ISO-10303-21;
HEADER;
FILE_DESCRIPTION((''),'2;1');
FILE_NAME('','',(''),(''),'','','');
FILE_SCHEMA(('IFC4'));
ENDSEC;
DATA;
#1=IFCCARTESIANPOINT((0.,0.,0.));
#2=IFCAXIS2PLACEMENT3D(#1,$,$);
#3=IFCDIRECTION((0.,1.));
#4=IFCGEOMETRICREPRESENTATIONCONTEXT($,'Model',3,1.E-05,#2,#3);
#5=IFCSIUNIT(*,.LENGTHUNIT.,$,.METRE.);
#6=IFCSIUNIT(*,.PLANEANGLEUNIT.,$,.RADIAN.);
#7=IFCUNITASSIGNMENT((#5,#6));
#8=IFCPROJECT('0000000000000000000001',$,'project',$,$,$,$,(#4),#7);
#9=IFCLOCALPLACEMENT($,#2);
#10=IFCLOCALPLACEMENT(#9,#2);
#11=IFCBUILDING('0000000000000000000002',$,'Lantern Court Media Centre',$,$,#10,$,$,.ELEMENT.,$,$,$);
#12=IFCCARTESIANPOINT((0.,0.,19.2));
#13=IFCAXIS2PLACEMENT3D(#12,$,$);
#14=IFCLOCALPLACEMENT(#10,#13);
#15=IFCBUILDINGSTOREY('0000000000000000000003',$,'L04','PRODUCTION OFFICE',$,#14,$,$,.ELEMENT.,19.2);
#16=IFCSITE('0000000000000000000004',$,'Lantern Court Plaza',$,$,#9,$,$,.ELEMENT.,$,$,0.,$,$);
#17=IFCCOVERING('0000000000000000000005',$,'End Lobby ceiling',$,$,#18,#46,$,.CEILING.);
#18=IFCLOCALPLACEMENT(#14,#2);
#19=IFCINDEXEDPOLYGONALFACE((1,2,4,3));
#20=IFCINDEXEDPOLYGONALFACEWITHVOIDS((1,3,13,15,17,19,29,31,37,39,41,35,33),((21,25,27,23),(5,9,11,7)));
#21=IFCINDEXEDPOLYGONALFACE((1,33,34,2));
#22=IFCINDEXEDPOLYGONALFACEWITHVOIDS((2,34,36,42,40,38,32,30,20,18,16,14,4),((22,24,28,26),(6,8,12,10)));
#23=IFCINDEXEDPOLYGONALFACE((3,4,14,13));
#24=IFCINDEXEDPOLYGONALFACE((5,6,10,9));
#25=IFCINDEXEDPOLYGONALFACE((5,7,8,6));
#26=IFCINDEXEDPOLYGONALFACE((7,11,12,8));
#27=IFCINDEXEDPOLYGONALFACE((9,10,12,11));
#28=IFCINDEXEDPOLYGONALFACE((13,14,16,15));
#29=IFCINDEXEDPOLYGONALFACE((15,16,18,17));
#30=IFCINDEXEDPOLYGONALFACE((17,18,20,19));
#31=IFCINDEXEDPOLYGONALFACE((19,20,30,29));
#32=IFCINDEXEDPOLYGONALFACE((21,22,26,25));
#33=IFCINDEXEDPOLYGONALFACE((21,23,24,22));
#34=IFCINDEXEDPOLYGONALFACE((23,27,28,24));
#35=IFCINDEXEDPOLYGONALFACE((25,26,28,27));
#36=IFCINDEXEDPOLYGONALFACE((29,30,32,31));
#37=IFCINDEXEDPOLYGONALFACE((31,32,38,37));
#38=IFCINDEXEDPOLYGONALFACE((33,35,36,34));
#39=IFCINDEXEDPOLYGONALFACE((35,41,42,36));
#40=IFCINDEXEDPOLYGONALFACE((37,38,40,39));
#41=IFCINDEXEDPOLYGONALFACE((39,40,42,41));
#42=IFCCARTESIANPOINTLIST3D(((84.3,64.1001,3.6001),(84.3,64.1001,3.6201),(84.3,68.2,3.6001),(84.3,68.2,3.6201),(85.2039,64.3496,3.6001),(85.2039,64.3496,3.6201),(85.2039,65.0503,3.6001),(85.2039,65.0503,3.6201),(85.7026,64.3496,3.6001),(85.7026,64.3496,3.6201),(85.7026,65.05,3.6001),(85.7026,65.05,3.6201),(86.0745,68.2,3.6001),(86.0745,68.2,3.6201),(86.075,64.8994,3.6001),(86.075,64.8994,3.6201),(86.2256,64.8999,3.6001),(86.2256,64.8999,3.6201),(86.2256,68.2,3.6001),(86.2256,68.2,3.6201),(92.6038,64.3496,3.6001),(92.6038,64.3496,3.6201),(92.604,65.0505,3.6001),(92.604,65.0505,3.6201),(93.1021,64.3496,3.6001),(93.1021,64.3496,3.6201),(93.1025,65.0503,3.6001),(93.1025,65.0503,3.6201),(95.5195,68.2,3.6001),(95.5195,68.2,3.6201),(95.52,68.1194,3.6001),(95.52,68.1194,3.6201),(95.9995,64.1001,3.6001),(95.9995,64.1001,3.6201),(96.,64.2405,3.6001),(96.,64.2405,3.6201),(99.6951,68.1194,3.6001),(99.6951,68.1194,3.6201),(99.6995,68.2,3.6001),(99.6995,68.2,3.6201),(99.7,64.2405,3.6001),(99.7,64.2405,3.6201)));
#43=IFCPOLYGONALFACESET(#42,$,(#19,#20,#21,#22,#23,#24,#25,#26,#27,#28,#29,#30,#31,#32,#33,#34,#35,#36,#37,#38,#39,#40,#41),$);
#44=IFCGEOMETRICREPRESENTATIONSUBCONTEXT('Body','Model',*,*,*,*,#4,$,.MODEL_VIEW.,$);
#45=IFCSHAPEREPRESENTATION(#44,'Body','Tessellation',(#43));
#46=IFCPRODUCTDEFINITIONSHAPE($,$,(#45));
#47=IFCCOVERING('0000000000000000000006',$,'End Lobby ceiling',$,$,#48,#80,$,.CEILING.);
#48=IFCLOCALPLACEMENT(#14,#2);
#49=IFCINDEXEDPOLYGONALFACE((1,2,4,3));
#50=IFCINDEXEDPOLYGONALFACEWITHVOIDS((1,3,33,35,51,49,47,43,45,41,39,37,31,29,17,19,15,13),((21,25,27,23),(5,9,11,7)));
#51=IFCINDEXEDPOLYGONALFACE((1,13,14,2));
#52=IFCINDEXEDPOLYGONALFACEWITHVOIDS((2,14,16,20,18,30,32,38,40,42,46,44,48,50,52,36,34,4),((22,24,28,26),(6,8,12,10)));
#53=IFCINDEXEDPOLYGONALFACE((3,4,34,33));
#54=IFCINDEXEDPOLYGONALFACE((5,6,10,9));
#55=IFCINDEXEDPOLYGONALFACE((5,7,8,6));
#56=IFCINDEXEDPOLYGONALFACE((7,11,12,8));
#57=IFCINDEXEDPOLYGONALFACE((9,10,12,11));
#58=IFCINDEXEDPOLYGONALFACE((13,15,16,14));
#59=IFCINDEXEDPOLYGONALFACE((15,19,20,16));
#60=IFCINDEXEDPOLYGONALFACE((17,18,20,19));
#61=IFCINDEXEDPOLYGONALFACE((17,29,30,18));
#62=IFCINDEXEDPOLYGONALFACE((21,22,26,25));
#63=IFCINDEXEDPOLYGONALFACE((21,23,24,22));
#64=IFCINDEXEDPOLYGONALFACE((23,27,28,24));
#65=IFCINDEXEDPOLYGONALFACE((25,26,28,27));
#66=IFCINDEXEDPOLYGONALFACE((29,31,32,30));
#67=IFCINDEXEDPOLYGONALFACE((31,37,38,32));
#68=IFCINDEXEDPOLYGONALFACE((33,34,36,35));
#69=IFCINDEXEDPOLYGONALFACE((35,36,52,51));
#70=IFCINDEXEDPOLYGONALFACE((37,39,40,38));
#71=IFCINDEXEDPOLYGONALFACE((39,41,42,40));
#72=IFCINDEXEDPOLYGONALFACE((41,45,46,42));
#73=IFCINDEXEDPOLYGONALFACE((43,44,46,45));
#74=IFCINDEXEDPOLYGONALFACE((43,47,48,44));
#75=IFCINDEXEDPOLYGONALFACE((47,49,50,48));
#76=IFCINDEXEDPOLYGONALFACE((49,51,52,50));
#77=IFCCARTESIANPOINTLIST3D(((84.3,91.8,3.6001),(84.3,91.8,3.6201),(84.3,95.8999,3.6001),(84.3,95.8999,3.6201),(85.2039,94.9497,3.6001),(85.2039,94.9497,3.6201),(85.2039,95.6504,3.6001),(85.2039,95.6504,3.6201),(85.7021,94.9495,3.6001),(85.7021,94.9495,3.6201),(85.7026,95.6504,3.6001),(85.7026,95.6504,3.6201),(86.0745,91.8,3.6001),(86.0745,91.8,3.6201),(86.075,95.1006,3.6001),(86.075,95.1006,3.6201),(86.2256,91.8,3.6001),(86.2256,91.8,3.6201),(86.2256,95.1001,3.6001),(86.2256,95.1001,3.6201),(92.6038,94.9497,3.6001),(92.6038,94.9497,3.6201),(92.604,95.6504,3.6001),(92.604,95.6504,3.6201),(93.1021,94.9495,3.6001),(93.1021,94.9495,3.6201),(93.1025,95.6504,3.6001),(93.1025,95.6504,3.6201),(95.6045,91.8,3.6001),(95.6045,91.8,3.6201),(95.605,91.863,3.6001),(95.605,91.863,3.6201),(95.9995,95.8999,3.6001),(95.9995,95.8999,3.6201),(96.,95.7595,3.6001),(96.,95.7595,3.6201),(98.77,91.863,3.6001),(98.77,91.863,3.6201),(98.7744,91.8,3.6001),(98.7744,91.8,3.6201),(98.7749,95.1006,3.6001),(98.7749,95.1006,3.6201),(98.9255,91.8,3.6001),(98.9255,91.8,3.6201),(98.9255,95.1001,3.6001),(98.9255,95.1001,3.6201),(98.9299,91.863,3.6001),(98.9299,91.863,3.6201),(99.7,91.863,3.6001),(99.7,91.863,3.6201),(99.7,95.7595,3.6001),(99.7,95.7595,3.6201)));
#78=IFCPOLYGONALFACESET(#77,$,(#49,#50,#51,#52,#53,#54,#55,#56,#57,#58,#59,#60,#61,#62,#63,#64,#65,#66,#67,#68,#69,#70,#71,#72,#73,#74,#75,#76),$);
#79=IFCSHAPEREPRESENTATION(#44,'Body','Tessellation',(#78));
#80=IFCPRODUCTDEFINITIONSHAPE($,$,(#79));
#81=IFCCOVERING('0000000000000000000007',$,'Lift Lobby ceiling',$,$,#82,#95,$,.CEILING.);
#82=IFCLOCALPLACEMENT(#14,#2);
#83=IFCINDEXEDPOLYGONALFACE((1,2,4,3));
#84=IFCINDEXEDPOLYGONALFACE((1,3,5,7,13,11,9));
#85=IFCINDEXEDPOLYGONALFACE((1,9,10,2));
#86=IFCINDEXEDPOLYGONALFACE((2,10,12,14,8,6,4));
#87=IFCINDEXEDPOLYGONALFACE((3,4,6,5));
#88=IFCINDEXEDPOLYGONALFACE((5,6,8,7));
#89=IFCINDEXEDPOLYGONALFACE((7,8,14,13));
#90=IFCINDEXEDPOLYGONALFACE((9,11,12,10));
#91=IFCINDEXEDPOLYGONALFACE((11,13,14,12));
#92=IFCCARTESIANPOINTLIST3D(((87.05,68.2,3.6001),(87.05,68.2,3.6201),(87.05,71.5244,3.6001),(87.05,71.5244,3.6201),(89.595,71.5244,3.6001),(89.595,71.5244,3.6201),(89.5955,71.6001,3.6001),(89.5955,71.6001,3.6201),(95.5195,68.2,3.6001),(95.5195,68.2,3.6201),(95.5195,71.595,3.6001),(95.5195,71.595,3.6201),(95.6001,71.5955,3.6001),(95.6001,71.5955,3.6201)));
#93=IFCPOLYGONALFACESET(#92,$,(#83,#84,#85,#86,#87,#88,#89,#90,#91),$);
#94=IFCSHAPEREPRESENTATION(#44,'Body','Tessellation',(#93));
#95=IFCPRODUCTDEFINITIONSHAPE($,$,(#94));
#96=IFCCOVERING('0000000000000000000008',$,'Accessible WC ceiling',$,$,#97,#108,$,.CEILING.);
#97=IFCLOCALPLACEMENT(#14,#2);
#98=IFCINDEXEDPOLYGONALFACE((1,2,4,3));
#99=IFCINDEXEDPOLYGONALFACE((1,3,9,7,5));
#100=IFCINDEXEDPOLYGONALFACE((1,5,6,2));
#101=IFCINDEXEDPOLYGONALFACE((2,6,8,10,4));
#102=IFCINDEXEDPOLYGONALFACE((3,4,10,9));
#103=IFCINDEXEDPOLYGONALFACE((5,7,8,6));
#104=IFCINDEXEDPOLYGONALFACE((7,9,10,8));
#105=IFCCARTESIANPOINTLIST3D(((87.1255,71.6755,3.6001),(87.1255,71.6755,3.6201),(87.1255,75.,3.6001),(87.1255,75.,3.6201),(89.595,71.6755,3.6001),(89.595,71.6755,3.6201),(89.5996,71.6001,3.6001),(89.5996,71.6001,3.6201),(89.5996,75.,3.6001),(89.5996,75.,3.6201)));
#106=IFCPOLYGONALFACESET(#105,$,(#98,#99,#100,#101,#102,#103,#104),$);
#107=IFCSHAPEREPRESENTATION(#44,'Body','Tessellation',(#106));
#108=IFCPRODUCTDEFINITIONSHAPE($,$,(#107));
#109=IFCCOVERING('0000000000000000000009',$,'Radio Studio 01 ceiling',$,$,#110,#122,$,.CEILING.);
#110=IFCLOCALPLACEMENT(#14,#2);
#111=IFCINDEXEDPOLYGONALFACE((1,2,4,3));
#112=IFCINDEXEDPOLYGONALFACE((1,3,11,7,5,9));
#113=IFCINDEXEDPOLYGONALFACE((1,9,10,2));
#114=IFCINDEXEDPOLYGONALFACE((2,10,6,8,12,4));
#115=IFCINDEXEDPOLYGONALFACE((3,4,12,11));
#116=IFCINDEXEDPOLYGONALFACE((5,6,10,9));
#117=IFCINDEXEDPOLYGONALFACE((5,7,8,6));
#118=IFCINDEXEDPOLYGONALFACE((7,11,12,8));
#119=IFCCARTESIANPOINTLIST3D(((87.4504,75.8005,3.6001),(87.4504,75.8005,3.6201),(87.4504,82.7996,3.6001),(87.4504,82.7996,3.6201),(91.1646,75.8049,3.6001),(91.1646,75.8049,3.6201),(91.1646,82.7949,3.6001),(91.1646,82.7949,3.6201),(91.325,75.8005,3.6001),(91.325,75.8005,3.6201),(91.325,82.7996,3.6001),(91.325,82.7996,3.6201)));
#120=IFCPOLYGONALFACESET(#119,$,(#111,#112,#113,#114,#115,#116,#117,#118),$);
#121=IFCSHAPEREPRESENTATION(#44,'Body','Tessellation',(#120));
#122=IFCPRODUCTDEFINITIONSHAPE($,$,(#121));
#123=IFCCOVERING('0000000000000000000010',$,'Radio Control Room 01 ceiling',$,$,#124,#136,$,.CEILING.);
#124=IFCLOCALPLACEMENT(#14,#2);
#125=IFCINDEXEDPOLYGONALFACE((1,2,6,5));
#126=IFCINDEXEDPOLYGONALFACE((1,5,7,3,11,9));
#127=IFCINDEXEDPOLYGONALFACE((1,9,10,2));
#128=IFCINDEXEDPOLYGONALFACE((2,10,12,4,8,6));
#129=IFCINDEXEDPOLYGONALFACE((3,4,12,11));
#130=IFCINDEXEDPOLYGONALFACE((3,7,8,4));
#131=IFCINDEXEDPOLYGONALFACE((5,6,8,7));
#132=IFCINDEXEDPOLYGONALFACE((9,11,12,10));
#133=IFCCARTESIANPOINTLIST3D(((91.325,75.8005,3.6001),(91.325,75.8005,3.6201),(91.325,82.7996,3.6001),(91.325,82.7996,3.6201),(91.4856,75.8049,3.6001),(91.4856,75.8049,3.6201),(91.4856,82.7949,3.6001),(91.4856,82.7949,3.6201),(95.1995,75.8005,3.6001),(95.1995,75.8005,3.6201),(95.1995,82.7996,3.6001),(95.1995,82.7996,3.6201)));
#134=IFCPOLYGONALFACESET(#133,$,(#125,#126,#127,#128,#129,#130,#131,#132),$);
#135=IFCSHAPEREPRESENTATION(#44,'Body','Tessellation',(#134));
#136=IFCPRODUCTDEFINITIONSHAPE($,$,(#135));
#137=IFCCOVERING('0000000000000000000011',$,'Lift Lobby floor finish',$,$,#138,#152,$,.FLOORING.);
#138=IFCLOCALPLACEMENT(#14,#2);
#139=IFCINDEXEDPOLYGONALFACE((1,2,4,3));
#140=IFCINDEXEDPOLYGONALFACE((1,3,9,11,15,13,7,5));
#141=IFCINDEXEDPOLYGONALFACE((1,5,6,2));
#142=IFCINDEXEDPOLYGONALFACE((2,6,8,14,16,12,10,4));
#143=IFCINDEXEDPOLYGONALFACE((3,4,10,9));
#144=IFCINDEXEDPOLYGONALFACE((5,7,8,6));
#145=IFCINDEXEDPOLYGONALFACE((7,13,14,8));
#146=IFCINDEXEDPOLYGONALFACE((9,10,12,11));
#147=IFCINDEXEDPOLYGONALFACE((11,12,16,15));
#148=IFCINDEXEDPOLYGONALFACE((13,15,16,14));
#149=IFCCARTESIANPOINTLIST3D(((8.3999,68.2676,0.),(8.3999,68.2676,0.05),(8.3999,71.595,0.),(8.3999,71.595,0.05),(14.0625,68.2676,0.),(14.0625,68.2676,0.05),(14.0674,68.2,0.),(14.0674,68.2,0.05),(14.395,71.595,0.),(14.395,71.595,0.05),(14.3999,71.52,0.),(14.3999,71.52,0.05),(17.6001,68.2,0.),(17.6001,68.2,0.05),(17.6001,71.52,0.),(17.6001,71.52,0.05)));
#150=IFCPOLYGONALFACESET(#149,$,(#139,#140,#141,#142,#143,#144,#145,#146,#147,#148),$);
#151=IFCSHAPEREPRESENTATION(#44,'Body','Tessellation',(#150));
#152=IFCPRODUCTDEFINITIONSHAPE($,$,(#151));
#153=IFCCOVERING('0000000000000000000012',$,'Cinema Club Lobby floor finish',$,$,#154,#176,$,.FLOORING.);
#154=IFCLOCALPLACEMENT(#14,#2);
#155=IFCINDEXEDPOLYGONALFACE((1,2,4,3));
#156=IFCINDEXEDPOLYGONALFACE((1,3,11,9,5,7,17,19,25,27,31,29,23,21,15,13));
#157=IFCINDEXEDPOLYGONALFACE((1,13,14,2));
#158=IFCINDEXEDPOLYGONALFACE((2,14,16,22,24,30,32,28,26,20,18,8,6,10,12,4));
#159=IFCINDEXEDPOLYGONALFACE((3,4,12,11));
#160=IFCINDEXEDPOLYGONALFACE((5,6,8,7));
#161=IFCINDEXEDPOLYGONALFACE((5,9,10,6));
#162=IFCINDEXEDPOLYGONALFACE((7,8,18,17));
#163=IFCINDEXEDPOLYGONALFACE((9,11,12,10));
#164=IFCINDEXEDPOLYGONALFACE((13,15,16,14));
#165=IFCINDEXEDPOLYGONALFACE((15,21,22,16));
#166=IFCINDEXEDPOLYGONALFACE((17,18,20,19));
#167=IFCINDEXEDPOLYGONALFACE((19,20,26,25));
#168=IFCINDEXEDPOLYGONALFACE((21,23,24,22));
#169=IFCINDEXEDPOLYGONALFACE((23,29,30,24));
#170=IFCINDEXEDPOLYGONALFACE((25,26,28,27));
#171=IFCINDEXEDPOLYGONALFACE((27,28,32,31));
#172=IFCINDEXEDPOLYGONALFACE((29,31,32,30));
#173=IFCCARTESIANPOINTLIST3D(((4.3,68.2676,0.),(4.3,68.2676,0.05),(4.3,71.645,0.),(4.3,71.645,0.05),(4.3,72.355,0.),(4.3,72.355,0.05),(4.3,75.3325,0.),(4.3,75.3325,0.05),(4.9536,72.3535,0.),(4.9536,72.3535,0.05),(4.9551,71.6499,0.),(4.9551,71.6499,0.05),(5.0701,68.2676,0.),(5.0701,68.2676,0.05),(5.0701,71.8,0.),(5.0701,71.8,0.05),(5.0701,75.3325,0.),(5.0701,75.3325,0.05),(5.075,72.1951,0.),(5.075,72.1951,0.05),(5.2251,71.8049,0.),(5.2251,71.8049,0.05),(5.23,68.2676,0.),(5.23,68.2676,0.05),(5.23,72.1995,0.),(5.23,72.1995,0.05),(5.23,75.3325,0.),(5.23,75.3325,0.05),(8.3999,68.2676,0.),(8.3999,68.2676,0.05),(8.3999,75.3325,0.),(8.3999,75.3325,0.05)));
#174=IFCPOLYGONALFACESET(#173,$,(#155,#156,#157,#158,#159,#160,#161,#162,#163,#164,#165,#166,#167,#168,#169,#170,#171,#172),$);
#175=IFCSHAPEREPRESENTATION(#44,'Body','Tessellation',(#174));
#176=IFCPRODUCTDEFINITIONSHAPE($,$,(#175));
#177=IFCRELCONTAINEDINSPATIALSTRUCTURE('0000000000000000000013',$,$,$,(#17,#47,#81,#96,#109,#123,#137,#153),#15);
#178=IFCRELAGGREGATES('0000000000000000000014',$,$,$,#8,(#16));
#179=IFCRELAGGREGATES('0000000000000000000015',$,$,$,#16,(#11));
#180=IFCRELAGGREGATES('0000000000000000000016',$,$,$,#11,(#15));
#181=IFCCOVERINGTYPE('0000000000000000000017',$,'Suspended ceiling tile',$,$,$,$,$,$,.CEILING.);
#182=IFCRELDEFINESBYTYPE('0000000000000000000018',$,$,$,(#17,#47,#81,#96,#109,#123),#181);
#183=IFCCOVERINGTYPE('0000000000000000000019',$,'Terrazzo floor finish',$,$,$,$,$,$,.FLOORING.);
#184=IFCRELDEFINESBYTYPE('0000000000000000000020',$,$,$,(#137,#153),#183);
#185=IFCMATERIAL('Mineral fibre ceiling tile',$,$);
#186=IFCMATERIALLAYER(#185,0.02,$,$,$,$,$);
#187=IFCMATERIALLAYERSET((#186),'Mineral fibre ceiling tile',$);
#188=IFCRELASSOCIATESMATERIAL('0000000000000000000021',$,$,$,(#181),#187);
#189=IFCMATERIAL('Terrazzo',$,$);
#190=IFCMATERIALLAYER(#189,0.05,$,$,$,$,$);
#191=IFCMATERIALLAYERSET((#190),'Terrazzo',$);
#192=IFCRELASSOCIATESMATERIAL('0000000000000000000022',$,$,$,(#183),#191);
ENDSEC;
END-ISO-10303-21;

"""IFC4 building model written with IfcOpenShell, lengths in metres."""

from ifc_helpers import new_model, si_unit, direction, frame, origin, place, context, subcontext, project, spatial, polyline, outline, extrude, material, layer, layer_set, type_object, element, save


model = new_model("IFC4")

# Units and contexts
model_context = context("Model", 3, precision=1e-05, world=origin(), true_north=direction((0.0, 1.0)))
body_context = subcontext(model_context, "Body", "Model", "MODEL_VIEW")
ifc_project = project(units=[si_unit("LENGTHUNIT", "METRE"), si_unit("PLANEANGLEUNIT", "RADIAN")], contexts=[model_context])

# Site, building, storey
site_placement = place(None, origin())
site = spatial("IfcSite", under=ifc_project, at=site_placement, Name="Lantern Court Plaza", CompositionType="ELEMENT", RefElevation=0.0)
building_placement = place(site_placement, origin())
building = spatial("IfcBuilding", under=site, at=building_placement, Name="Lantern Court Media Centre", CompositionType="ELEMENT")
storey_placement = place(building_placement, frame((0.0, 0.0, 19.2)))
storey = spatial("IfcBuildingStorey", under=building, at=storey_placement, Name="L04", Description="PRODUCTION OFFICE", CompositionType="ELEMENT", Elevation=19.2)

# Coverings
ifc_material_1 = material(Name="Mineral fibre ceiling tile")
ifc_layer_1 = layer(ifc_material_1, 0.02)
ifc_layer_set_1 = layer_set([ifc_layer_1], Name="Mineral fibre ceiling tile")
covering_type_1 = type_object("IfcCoveringType", Name="Suspended ceiling tile", PredefinedType="CEILING", material=ifc_layer_set_1)
covering_1_placement = place(storey_placement, frame((0.0, 0.0, 3.6001)))
element("IfcCovering", 1, at=covering_1_placement, inside=storey, type_object=covering_type_1, Name="End Lobby ceiling", PredefinedType="CEILING", context=body_context, shape_type="SweptSolid", body=[
    extrude(outline(polyline([(99.7, 64.2405), (96.0, 64.2405), (95.9995, 64.1001), (84.3, 64.1001), (84.3, 68.2), (86.0745, 68.2), (86.075, 64.8994), (86.2256, 64.8999), (86.2256, 68.2), (95.5195, 68.2), (95.52, 68.1194), (99.6951, 68.1194), (99.6995, 68.2), (99.7, 64.2405)]), holes=[polyline([(93.1021, 64.3496), (93.1025, 65.0503), (92.604, 65.0505), (92.6038, 64.3496), (93.1021, 64.3496)]), polyline([(85.7026, 65.05), (85.2039, 65.0503), (85.2039, 64.3496), (85.7026, 64.3496), (85.7026, 65.05)])]), origin(), (0.0, 0.0, 1.0), 0.02),
])
covering_2_placement = place(storey_placement, frame((0.0, 0.0, 3.6001)))
element("IfcCovering", 2, at=covering_2_placement, inside=storey, type_object=covering_type_1, Name="End Lobby ceiling", PredefinedType="CEILING", context=body_context, shape_type="SweptSolid", body=[
    extrude(outline(polyline([(99.7, 91.863), (98.9299, 91.863), (98.9255, 91.8), (98.9255, 95.1001), (98.7749, 95.1006), (98.7744, 91.8), (98.77, 91.863), (95.605, 91.863), (95.6045, 91.8), (86.2256, 91.8), (86.2256, 95.1001), (86.075, 95.1006), (86.0745, 91.8), (84.3, 91.8), (84.3, 95.8999), (95.9995, 95.8999), (96.0, 95.7595), (99.7, 95.7595), (99.7, 91.863)]), holes=[polyline([(93.1021, 94.9495), (93.1025, 95.6504), (92.604, 95.6504), (92.6038, 94.9497), (93.1021, 94.9495)]), polyline([(85.7021, 94.9495), (85.7026, 95.6504), (85.2039, 95.6504), (85.2039, 94.9497), (85.7021, 94.9495)])]), origin(), (0.0, 0.0, 1.0), 0.02),
])
covering_3_placement = place(storey_placement, frame((0.0, 0.0, 3.6001)))
element("IfcCovering", 3, at=covering_3_placement, inside=storey, type_object=covering_type_1, Name="Lift Lobby ceiling", PredefinedType="CEILING", context=body_context, shape_type="SweptSolid", body=[
    extrude(outline(polyline([(95.6001, 71.5955), (95.5195, 71.595), (95.5195, 68.2), (87.05, 68.2), (87.05, 71.5244), (89.595, 71.5244), (89.5955, 71.6001), (95.6001, 71.5955)])), origin(), (0.0, 0.0, 1.0), 0.02),
])
covering_4_placement = place(storey_placement, frame((0.0, 0.0, 3.6001)))
element("IfcCovering", 4, at=covering_4_placement, inside=storey, type_object=covering_type_1, Name="Accessible WC ceiling", PredefinedType="CEILING", context=body_context, shape_type="SweptSolid", body=[
    extrude(outline(polyline([(89.5996, 75.0), (89.5996, 71.6001), (89.595, 71.6755), (87.1255, 71.6755), (87.1255, 75.0), (89.5996, 75.0)])), origin(), (0.0, 0.0, 1.0), 0.02),
])
covering_5_placement = place(storey_placement, frame((0.0, 0.0, 3.6001)))
element("IfcCovering", 5, at=covering_5_placement, inside=storey, type_object=covering_type_1, Name="Radio Studio 01 ceiling", PredefinedType="CEILING", context=body_context, shape_type="SweptSolid", body=[
    extrude(outline(polyline([(91.325, 75.8005), (87.4504, 75.8005), (87.4504, 82.7996), (91.325, 82.7996), (91.1646, 82.7949), (91.1646, 75.8049), (91.325, 75.8005)])), origin(), (0.0, 0.0, 1.0), 0.02),
])
covering_6_placement = place(storey_placement, frame((0.0, 0.0, 3.6001)))
element("IfcCovering", 6, at=covering_6_placement, inside=storey, type_object=covering_type_1, Name="Radio Control Room 01 ceiling", PredefinedType="CEILING", context=body_context, shape_type="SweptSolid", body=[
    extrude(outline(polyline([(91.325, 82.7996), (95.1995, 82.7996), (95.1995, 75.8005), (91.325, 75.8005), (91.4856, 75.8049), (91.4856, 82.7949), (91.325, 82.7996)])), origin(), (0.0, 0.0, 1.0), 0.02),
])
ifc_material_2 = material(Name="Terrazzo")
ifc_layer_2 = layer(ifc_material_2, 0.05)
ifc_layer_set_2 = layer_set([ifc_layer_2], Name="Terrazzo")
covering_type_2 = type_object("IfcCoveringType", Name="Terrazzo floor finish", PredefinedType="FLOORING", material=ifc_layer_set_2)
covering_7_placement = place(storey_placement, origin())
element("IfcCovering", 7, at=covering_7_placement, inside=storey, type_object=covering_type_2, Name="Lift Lobby floor finish", PredefinedType="FLOORING", context=body_context, shape_type="SweptSolid", body=[
    extrude(outline(polyline([(17.6001, 68.2), (14.0674, 68.2), (14.0625, 68.2676), (8.3999, 68.2676), (8.3999, 71.595), (14.395, 71.595), (14.3999, 71.52), (17.6001, 71.52), (17.6001, 68.2)])), origin(), (0.0, 0.0, 1.0), 0.05),
])
covering_8_placement = place(storey_placement, origin())
element("IfcCovering", 8, at=covering_8_placement, inside=storey, type_object=covering_type_2, Name="Cinema Club Lobby floor finish", PredefinedType="FLOORING", context=body_context, shape_type="SweptSolid", body=[
    extrude(outline(polyline([(8.3999, 68.2676), (5.23, 68.2676), (5.2251, 71.8049), (5.0701, 71.8), (5.0701, 68.2676), (4.3, 68.2676), (4.3, 71.645), (4.9551, 71.6499), (4.9536, 72.3535), (4.3, 72.355), (4.3, 75.3325), (5.0701, 75.3325), (5.075, 72.1951), (5.23, 72.1995), (5.23, 75.3325), (8.3999, 75.3325), (8.3999, 68.2676)])), origin(), (0.0, 0.0, 1.0), 0.05),
])

save(model, "model.ifc")
